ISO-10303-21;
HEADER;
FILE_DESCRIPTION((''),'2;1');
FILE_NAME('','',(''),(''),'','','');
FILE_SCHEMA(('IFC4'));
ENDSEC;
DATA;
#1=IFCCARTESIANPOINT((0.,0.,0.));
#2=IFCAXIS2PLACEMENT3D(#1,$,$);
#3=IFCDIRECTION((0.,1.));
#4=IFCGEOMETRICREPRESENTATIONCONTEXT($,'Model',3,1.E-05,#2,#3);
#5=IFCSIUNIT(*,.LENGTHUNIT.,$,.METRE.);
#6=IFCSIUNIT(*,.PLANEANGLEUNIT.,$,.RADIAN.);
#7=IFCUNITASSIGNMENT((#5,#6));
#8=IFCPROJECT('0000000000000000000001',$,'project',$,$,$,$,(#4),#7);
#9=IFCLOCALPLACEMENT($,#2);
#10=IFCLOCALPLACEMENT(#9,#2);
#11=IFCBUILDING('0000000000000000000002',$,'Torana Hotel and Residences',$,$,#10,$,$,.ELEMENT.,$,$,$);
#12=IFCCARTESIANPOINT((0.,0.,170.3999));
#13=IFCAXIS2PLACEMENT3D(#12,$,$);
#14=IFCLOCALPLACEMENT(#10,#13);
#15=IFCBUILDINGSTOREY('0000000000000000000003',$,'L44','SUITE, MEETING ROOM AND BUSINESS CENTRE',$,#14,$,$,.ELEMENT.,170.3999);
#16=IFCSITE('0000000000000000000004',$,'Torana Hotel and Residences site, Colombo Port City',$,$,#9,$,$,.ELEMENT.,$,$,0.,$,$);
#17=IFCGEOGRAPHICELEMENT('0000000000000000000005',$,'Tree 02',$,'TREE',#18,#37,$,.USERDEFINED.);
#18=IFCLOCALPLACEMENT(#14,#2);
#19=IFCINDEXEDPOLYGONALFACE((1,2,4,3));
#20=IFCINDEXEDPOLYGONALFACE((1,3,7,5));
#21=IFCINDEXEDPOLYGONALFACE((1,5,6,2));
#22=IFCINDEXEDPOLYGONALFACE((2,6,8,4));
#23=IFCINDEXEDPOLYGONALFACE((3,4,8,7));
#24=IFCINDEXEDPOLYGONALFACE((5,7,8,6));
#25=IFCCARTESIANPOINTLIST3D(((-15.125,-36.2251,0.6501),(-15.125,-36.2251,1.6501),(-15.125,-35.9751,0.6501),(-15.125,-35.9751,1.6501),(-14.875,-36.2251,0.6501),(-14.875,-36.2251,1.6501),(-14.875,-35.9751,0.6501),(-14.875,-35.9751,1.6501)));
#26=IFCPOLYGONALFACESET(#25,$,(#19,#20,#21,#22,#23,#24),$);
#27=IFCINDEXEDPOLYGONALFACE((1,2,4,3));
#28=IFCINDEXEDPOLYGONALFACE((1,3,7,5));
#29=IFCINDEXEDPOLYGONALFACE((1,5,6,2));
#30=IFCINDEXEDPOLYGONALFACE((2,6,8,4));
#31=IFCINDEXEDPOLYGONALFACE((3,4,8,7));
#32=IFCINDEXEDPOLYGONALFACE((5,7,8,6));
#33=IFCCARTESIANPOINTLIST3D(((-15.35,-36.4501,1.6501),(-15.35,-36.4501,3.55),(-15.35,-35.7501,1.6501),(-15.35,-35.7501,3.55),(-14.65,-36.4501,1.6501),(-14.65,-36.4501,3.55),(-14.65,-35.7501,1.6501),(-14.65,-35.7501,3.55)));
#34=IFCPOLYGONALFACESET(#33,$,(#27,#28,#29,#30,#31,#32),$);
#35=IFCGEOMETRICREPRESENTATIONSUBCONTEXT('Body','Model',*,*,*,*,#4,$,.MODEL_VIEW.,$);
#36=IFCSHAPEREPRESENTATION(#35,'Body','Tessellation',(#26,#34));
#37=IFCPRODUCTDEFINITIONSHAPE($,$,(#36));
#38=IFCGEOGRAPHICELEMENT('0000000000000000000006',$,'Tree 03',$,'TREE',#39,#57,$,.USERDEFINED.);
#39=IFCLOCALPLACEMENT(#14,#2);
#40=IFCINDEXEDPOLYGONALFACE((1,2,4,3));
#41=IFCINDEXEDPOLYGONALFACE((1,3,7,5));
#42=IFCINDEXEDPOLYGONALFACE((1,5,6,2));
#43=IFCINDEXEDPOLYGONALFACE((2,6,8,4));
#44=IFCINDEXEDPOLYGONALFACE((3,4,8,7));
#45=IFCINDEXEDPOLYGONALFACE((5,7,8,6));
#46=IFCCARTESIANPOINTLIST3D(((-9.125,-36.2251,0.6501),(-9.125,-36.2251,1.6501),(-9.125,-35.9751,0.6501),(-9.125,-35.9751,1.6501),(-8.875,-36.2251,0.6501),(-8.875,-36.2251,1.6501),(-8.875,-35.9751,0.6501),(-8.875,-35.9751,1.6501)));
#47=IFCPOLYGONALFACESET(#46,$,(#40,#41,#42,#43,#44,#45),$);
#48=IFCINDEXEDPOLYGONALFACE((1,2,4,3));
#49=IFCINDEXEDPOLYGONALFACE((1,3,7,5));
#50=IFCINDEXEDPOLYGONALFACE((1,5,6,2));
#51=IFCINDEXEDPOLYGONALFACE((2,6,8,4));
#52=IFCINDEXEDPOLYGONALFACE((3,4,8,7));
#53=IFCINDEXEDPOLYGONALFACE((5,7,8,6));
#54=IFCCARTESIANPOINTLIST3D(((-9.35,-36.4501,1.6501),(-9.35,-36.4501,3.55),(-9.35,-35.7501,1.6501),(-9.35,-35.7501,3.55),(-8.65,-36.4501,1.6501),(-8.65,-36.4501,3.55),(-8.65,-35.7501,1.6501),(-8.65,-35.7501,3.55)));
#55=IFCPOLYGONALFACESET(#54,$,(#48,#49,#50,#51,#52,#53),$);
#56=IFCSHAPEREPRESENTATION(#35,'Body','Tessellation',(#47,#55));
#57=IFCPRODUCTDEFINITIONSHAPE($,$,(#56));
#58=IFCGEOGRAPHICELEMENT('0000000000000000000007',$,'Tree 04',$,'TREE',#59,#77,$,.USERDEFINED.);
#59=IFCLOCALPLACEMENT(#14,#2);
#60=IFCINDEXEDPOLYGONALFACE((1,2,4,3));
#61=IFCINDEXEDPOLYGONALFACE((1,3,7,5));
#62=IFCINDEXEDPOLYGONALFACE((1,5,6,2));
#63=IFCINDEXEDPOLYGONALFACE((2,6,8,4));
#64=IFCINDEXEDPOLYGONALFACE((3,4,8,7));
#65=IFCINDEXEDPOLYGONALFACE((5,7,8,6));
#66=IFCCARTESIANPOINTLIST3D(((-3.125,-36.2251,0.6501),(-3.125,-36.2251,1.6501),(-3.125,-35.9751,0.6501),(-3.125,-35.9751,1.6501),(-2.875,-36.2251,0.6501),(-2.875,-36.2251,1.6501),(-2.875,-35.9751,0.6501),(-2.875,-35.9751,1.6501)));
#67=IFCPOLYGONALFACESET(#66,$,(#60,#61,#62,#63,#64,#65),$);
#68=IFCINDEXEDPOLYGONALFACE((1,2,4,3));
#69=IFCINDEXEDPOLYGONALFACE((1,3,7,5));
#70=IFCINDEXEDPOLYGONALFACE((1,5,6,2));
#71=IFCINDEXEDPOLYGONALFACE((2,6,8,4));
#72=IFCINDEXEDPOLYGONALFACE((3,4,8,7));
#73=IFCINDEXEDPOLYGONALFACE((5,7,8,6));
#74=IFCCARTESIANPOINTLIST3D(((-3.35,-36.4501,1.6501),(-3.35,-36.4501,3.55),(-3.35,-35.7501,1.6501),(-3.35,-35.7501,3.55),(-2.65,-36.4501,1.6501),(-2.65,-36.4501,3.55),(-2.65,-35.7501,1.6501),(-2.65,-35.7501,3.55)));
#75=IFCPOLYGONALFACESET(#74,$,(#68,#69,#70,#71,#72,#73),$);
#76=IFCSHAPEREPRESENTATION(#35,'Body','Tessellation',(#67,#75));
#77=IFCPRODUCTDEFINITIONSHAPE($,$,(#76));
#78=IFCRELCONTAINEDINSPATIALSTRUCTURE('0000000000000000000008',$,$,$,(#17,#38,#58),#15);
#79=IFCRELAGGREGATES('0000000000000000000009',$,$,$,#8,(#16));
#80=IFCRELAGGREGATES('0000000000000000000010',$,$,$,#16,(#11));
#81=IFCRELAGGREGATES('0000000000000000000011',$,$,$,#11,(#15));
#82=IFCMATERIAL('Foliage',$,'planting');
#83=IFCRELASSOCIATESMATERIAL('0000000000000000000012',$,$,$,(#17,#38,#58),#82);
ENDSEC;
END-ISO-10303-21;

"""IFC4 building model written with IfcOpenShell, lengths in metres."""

from ifc_helpers import new_model, si_unit, direction, frame, origin, origin_2d, place, context, subcontext, project, spatial, rectangle, extrude, material, element, save


model = new_model("IFC4")

# Units and contexts
model_context = context("Model", 3, precision=1e-05, world=origin(), true_north=direction((0.0, 1.0)))
body_context = subcontext(model_context, "Body", "Model", "MODEL_VIEW")
ifc_project = project(units=[si_unit("LENGTHUNIT", "METRE"), si_unit("PLANEANGLEUNIT", "RADIAN")], contexts=[model_context])

# Site, building, storey
site_placement = place(None, origin())
site = spatial("IfcSite", under=ifc_project, at=site_placement, Name="Torana Hotel and Residences site, Colombo Port City", CompositionType="ELEMENT", RefElevation=0.0)
building_placement = place(site_placement, origin())
building = spatial("IfcBuilding", under=site, at=building_placement, Name="Torana Hotel and Residences", CompositionType="ELEMENT")
storey_placement = place(building_placement, frame((0.0, 0.0, 170.3999)))
storey = spatial("IfcBuildingStorey", under=building, at=storey_placement, Name="L44", Description="SUITE, MEETING ROOM AND BUSINESS CENTRE", CompositionType="ELEMENT", Elevation=170.3999)

# Geographic elements
ifc_material_1 = material(Name="Foliage", Category="planting")
for number, where, z_axis, x_axis, name in (
    (1, (-15.0, -36.1001, 0.6501), (0.0, 0.0, 1.0), (1.0, 0.0, 0.0), "Tree 02"),
    (2, (-9.0, -36.1001, 0.6501), (0.0, 0.0, 1.0), (1.0, 0.0, 0.0), "Tree 03"),
    (3, (-3.0, -36.1001, 0.6501), (0.0, 0.0, 1.0), (1.0, 0.0, 0.0), "Tree 04"),
):
    element("IfcGeographicElement", number, at=place(storey_placement, frame(where, z_axis=z_axis, x_axis=x_axis)), inside=storey, material=ifc_material_1, Name=name, ObjectType="TREE", PredefinedType="USERDEFINED", context=body_context, shape_type="SweptSolid", body=[
        extrude(rectangle(XDim=0.25, YDim=0.25, at=origin_2d()), origin(), (0.0, 0.0, 1.0), 1.0),
        extrude(rectangle(XDim=0.7, YDim=0.7, at=origin_2d()), frame((0.0, 0.0, 1.0)), (0.0, 0.0, 1.0), 1.8999),
    ])

save(model, "model.ifc")
